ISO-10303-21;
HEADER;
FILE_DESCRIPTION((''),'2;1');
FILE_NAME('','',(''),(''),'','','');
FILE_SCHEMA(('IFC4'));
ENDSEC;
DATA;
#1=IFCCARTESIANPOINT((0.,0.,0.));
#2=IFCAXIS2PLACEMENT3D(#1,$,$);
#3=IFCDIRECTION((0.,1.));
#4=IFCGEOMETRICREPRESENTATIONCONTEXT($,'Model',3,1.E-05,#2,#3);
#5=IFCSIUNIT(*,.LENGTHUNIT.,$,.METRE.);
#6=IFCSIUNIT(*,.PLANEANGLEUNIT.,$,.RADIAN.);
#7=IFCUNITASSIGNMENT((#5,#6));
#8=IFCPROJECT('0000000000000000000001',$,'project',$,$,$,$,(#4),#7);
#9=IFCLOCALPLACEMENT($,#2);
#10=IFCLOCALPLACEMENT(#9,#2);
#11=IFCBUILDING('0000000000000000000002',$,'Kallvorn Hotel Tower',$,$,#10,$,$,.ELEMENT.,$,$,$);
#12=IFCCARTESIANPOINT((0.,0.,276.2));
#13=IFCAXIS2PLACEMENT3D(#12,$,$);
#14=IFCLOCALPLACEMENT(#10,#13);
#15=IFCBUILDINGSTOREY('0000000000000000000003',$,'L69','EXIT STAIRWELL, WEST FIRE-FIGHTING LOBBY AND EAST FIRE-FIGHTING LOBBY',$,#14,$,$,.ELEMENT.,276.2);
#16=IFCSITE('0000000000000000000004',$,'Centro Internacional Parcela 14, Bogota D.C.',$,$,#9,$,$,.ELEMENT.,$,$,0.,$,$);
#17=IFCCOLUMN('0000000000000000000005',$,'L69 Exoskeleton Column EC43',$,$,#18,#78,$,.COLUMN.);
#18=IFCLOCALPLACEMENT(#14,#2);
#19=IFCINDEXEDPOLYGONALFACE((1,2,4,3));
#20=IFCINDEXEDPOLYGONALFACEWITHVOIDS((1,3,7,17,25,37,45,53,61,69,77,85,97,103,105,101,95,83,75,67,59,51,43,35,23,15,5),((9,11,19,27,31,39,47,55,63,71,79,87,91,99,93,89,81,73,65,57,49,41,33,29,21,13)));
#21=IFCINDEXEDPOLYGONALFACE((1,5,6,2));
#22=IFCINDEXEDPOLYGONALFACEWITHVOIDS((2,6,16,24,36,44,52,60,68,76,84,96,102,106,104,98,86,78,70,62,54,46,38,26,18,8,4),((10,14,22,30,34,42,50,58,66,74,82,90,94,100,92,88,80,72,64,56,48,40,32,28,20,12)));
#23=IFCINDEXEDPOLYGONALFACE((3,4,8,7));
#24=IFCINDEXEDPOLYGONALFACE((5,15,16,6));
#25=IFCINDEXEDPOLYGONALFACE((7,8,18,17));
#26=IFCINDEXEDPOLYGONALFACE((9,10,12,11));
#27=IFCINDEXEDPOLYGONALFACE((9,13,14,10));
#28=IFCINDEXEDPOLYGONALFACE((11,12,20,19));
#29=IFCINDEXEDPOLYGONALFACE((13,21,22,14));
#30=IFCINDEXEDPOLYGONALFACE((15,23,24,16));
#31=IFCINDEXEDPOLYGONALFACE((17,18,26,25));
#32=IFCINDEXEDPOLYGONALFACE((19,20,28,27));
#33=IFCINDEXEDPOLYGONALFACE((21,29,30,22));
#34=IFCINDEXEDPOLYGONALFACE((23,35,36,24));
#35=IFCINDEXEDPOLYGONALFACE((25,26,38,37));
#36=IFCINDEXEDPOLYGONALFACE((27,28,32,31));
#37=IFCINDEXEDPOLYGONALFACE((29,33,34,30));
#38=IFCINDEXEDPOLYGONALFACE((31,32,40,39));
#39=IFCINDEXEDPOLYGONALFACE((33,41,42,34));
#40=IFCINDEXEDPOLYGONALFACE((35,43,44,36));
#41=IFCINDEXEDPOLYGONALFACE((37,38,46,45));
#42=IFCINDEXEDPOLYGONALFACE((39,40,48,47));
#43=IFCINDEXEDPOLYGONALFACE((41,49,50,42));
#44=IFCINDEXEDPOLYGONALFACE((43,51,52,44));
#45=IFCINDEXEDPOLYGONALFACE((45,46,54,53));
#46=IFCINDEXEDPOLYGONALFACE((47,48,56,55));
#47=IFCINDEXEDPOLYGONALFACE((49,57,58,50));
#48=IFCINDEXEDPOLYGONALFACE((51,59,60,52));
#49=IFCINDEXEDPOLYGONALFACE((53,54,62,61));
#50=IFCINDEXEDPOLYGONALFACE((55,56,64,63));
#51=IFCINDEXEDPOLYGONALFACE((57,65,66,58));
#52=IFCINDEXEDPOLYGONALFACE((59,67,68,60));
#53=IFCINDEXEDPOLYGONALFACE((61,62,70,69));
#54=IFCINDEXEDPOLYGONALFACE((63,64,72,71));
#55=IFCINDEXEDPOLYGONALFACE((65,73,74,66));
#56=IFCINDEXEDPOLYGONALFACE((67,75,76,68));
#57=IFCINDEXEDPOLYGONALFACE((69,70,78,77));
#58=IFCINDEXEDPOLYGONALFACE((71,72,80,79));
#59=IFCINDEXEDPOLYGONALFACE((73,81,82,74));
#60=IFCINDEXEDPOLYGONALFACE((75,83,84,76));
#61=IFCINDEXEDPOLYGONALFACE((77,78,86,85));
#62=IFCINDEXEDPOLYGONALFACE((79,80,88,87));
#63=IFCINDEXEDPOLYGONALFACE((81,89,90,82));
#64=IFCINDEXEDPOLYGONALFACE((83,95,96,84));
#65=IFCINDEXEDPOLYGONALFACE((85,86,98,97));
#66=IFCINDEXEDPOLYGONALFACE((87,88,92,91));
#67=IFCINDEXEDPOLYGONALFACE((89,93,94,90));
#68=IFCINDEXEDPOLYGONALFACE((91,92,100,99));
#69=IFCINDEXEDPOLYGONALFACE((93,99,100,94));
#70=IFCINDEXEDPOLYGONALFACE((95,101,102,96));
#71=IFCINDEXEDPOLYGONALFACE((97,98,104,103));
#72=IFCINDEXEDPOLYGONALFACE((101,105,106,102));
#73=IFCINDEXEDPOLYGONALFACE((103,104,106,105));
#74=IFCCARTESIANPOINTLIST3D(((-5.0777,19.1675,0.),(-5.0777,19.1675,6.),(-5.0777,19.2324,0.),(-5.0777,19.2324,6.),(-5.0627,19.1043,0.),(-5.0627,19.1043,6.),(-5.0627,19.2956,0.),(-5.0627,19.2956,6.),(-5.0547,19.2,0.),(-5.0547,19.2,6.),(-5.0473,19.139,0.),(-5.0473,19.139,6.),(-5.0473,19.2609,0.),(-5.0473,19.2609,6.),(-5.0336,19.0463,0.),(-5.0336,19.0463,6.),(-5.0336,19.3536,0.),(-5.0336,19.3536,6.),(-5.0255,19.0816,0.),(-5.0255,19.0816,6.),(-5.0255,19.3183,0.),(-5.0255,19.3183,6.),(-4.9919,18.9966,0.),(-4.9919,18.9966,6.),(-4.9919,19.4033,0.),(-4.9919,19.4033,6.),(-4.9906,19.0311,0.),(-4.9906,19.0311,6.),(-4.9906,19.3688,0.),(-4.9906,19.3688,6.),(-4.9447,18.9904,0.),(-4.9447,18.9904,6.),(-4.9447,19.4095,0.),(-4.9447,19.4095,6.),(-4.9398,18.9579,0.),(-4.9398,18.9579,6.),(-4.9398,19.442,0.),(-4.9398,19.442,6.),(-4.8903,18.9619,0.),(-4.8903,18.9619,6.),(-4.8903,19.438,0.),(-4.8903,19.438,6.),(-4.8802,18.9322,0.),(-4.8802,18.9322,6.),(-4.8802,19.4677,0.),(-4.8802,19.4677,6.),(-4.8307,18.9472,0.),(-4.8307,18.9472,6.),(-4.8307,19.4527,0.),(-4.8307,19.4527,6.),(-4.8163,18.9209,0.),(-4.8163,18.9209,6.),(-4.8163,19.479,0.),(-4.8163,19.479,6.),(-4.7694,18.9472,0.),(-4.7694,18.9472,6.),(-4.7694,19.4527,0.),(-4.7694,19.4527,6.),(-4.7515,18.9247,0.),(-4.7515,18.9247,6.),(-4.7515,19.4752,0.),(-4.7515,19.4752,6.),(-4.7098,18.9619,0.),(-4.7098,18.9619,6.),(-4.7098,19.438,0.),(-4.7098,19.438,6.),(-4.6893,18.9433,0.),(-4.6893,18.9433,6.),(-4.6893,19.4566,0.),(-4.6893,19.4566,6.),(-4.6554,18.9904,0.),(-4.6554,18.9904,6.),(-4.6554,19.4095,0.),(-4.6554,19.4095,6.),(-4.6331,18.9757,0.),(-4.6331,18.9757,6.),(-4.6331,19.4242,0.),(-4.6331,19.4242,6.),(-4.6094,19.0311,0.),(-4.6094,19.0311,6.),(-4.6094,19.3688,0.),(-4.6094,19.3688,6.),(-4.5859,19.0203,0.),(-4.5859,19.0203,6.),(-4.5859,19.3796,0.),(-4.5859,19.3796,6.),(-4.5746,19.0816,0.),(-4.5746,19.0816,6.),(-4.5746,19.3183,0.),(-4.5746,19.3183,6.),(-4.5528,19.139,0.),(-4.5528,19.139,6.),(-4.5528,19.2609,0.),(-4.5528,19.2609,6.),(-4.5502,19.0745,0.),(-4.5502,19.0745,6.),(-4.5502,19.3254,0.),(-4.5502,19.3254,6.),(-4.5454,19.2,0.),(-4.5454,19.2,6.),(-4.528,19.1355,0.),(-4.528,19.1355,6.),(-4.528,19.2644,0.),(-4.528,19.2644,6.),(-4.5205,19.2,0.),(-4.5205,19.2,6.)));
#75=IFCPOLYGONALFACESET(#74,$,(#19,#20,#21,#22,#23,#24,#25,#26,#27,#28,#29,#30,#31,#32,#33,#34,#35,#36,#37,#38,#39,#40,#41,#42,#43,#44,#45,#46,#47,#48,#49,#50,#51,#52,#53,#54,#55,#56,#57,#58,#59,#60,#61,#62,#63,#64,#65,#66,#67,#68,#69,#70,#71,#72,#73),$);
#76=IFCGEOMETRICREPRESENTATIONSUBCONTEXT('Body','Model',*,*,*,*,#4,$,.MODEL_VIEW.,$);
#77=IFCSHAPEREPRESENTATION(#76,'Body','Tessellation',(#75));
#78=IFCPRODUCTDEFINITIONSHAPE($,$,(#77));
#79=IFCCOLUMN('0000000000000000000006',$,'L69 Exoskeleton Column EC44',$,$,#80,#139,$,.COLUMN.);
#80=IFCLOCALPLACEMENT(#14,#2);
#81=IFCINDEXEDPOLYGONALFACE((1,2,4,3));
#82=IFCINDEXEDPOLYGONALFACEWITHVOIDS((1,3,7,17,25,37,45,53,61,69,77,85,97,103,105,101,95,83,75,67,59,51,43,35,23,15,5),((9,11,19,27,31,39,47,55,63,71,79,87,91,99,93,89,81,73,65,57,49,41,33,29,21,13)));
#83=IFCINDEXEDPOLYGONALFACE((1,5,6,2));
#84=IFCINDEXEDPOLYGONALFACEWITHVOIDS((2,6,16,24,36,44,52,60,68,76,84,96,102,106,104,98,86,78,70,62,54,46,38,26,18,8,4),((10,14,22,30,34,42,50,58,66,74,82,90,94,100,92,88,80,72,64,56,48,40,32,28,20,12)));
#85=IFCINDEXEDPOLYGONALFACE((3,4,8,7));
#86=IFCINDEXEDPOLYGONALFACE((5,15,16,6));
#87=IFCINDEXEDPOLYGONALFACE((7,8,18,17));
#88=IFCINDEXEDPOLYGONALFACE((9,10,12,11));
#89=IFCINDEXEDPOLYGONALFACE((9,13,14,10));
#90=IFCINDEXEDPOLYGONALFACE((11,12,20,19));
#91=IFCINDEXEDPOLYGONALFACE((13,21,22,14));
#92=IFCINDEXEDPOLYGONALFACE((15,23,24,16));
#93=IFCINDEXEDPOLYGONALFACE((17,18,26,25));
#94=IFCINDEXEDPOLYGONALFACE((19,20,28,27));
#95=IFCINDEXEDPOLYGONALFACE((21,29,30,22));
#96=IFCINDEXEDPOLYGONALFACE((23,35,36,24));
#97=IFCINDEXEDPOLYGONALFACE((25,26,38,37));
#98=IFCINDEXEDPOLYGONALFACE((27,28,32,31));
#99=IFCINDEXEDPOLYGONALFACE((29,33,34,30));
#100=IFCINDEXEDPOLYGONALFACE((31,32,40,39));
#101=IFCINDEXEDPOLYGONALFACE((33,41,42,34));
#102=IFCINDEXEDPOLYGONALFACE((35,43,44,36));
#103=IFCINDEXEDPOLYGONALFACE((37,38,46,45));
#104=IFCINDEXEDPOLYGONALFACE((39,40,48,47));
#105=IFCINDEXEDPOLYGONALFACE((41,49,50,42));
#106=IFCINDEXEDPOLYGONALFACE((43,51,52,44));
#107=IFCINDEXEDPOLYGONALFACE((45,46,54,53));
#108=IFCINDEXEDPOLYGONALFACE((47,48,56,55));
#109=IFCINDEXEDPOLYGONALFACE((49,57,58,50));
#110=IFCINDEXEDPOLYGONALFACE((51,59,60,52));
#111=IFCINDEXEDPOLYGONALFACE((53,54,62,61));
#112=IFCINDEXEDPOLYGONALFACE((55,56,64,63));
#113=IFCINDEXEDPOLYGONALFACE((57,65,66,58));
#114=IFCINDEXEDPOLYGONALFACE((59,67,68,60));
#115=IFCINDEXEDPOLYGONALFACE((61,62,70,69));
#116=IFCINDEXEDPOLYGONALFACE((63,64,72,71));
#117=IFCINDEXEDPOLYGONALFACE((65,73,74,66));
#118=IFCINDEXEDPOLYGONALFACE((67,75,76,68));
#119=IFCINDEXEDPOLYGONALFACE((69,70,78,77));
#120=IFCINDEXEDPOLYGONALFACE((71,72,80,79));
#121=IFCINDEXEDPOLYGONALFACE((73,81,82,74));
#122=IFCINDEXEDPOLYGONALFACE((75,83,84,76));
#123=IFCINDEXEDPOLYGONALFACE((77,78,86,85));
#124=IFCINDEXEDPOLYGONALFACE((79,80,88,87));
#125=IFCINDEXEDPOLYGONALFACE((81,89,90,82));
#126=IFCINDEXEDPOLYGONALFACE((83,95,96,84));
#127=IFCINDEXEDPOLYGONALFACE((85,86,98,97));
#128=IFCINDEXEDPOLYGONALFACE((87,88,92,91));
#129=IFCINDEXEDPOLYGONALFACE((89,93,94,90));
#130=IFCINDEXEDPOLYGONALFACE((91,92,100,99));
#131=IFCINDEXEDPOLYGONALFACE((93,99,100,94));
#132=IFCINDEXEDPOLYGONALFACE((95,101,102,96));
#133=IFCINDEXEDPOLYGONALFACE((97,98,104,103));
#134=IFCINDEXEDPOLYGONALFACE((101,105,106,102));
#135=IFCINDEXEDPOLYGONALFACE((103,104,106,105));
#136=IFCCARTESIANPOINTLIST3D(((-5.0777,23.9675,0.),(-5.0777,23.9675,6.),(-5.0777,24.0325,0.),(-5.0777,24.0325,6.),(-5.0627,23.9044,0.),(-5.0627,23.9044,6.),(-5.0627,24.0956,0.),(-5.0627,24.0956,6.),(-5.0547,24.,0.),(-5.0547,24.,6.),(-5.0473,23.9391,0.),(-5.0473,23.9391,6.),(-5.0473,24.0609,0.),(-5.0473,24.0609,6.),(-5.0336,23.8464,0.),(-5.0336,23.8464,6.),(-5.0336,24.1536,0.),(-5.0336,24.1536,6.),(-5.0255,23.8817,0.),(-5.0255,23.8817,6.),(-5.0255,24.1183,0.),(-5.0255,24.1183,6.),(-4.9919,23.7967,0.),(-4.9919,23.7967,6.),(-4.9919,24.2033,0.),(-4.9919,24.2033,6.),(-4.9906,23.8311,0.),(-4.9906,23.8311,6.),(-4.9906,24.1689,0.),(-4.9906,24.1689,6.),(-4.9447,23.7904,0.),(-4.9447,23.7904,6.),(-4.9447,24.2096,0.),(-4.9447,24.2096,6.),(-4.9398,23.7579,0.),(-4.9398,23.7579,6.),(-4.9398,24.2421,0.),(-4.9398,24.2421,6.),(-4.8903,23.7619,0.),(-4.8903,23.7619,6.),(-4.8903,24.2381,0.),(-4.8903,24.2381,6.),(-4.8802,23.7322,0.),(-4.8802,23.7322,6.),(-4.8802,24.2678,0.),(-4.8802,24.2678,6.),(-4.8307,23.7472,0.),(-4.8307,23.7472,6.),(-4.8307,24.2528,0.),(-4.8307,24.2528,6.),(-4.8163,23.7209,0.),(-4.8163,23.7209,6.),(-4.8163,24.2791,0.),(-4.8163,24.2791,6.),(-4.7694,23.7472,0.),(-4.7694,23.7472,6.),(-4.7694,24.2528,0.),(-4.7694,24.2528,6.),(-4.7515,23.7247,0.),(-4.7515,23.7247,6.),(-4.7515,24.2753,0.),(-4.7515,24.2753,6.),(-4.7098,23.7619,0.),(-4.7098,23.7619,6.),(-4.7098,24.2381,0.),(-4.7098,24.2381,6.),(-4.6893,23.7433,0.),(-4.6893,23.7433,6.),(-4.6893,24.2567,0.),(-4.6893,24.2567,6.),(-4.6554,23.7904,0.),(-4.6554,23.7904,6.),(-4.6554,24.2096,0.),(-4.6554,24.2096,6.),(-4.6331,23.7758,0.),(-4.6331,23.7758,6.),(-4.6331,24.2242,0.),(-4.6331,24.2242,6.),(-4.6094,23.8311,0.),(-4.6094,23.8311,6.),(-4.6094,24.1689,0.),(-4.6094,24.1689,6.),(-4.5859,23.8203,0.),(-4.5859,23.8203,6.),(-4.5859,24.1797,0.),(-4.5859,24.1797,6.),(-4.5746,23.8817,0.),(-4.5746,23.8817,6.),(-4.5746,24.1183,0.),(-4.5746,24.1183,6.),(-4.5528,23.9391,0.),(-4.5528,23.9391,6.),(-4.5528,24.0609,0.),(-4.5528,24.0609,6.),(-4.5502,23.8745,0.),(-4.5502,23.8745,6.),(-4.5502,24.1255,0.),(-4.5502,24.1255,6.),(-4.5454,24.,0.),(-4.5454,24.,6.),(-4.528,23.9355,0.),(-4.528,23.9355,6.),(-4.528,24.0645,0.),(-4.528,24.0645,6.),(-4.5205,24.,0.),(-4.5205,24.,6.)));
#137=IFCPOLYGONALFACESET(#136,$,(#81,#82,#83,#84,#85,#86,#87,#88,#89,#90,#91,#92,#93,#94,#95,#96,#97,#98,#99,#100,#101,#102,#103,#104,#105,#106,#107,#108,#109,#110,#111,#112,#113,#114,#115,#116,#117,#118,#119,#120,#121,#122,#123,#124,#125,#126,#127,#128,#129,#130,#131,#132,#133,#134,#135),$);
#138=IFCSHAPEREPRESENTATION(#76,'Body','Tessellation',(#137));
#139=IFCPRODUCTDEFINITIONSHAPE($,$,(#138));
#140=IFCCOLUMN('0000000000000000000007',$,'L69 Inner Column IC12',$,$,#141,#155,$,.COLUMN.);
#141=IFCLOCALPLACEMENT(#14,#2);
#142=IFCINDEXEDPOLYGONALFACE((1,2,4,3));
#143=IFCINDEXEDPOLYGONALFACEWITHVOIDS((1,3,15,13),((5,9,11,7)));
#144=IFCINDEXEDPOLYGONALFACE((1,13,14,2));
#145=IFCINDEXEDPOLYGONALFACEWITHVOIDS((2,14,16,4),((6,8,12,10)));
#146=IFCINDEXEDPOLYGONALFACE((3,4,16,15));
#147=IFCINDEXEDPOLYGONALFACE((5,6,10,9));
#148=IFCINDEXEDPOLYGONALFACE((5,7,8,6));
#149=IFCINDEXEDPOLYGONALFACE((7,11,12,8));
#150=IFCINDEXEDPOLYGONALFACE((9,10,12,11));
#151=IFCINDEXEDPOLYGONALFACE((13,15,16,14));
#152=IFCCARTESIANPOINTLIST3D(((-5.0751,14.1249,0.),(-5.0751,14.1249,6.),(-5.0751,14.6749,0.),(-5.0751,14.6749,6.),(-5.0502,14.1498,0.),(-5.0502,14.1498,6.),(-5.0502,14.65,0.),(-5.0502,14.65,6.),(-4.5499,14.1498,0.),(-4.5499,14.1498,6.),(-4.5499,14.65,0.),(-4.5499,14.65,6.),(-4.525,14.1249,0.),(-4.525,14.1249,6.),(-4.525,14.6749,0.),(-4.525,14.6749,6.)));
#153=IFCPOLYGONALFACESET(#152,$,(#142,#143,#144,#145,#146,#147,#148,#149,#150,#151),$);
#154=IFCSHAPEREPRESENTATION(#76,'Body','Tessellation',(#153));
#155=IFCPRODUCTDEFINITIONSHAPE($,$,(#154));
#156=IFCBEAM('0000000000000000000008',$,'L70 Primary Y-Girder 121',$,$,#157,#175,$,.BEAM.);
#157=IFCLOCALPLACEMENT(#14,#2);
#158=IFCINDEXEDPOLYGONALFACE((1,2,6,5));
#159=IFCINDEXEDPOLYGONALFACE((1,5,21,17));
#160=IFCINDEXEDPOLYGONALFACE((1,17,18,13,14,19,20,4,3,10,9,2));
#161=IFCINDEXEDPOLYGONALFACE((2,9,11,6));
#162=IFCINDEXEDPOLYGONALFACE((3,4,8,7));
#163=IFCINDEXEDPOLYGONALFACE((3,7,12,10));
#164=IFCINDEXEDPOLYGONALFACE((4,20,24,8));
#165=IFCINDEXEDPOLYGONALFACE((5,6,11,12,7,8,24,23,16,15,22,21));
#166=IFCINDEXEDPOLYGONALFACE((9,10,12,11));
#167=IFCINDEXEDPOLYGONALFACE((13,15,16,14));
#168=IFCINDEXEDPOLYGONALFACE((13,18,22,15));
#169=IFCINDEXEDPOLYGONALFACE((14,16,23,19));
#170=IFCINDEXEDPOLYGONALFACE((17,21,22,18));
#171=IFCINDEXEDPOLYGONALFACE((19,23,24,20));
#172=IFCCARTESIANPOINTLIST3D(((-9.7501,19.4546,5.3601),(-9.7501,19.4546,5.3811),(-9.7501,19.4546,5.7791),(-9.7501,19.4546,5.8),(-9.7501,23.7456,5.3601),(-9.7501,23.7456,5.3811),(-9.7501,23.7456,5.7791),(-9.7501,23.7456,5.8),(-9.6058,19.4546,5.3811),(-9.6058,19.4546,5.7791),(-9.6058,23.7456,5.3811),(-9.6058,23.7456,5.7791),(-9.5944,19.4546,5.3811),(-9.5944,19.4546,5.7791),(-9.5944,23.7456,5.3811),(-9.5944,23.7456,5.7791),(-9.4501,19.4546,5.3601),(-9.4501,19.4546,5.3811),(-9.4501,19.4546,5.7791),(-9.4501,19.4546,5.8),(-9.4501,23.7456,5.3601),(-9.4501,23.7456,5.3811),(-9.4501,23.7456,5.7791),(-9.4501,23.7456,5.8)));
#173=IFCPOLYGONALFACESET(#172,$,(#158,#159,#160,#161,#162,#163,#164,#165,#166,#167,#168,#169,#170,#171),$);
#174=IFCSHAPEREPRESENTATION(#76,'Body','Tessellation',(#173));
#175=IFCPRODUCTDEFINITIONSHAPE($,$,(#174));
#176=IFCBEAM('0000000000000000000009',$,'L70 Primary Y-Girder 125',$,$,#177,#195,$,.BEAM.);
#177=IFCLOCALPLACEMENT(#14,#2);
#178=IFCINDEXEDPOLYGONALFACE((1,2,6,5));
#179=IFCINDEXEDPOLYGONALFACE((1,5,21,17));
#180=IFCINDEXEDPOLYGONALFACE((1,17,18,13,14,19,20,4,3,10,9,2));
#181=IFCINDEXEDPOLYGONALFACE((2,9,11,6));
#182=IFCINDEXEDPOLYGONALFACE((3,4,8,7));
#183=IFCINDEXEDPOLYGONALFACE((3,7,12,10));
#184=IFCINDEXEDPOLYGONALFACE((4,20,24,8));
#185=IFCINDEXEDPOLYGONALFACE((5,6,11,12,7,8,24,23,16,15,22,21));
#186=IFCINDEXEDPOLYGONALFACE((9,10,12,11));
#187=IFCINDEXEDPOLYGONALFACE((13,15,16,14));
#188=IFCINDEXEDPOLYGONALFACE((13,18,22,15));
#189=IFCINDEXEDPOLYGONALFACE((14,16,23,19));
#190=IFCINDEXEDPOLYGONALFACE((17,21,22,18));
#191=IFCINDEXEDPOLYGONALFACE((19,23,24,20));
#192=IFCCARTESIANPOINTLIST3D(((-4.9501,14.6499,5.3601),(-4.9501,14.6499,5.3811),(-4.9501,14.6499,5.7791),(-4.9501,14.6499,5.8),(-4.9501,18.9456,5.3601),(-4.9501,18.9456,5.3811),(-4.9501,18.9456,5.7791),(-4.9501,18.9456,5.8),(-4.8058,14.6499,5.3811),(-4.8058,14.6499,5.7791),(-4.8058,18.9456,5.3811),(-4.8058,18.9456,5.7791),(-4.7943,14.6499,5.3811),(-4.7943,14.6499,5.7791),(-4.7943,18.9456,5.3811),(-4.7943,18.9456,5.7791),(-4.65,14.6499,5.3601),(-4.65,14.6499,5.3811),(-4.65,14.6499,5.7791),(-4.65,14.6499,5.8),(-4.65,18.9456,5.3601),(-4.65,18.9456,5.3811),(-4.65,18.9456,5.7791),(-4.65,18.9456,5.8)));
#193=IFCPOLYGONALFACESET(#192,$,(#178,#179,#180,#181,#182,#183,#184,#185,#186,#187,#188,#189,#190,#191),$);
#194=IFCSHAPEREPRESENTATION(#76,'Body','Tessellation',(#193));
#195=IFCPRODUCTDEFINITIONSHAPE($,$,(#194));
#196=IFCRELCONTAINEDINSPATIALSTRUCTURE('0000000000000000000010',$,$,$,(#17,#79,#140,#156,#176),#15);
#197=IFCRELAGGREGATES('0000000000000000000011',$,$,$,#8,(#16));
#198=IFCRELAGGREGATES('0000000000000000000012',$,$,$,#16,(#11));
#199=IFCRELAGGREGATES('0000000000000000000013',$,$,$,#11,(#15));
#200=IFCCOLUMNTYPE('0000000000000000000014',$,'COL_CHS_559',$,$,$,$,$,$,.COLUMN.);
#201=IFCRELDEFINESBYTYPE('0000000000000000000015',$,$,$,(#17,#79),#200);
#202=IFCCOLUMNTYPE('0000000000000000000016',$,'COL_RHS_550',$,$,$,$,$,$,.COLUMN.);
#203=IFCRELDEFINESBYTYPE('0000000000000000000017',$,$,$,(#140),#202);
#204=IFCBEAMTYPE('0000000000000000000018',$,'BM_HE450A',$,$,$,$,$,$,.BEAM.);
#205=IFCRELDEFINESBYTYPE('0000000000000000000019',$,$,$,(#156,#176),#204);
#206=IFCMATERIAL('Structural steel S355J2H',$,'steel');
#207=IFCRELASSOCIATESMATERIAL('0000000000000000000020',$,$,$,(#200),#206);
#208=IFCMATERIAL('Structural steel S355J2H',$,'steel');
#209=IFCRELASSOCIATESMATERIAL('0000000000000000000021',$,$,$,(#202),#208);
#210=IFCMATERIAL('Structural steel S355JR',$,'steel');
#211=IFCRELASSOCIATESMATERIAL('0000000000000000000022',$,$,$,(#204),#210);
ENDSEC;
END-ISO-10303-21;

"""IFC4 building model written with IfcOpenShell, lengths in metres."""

from ifc_helpers import new_model, si_unit, direction, frame, origin, origin_2d, place, context, subcontext, project, spatial, hollow_rectangle, hollow_circle, i_section, extrude, material, material_profile, profile_set, type_object, element, save


model = new_model("IFC4")

# Units and contexts
model_context = context("Model", 3, precision=1e-05, world=origin(), true_north=direction((0.0, 1.0)))
body_context = subcontext(model_context, "Body", "Model", "MODEL_VIEW")
ifc_project = project(units=[si_unit("LENGTHUNIT", "METRE"), si_unit("PLANEANGLEUNIT", "RADIAN")], contexts=[model_context])

# Site, building, storey
site_placement = place(None, origin())
site = spatial("IfcSite", under=ifc_project, at=site_placement, Name="Centro Internacional Parcela 14, Bogota D.C.", CompositionType="ELEMENT", RefElevation=0.0)
building_placement = place(site_placement, origin())
building = spatial("IfcBuilding", under=site, at=building_placement, Name="Kallvorn Hotel Tower", CompositionType="ELEMENT")
storey_placement = place(building_placement, frame((0.0, 0.0, 276.2)))
storey = spatial("IfcBuildingStorey", under=building, at=storey_placement, Name="L69", Description="EXIT STAIRWELL, WEST FIRE-FIGHTING LOBBY AND EAST FIRE-FIGHTING LOBBY", CompositionType="ELEMENT", Elevation=276.2)

# Columns
ifc_material_1 = material(Name="Structural steel S355J2H", Category="steel")
ifc_material_profile_1 = material_profile(ifc_material_1, hollow_circle(Radius=0.2795, WallThickness=0.0249, at=origin_2d()), Name="CHS 559x25")
ifc_profile_set_1 = profile_set([ifc_material_profile_1], Name="Structural steel S355J2H")
column_type_1 = type_object("IfcColumnType", Name="COL_CHS_559", PredefinedType="COLUMN", material=ifc_profile_set_1)
for number, where, z_axis, x_axis, name in (
    (1, (-4.8, 19.2, 0.0), (0.0, 0.0, 1.0), (1.0, 0.0, 0.0), "L69 Exoskeleton Column EC43"),
    (2, (-4.8, 24.0, 0.0), (0.0, 0.0, 1.0), (1.0, 0.0, 0.0), "L69 Exoskeleton Column EC44"),
):
    element("IfcColumn", number, at=place(storey_placement, frame(where, z_axis=z_axis, x_axis=x_axis)), inside=storey, type_object=column_type_1, Name=name, PredefinedType="COLUMN", context=body_context, shape_type="SweptSolid", body=[
        extrude(hollow_circle(Radius=0.2795, WallThickness=0.0249, at=origin_2d()), origin(), (0.0, 0.0, 1.0), 6.0),
    ])
ifc_material_2 = material(Name="Structural steel S355J2H", Category="steel")
ifc_material_profile_2 = material_profile(ifc_material_2, hollow_rectangle(XDim=0.55, YDim=0.55, WallThickness=0.0249, at=origin_2d()), Name="RHS 550x550x25")
ifc_profile_set_2 = profile_set([ifc_material_profile_2], Name="Structural steel S355J2H")
column_type_2 = type_object("IfcColumnType", Name="COL_RHS_550", PredefinedType="COLUMN", material=ifc_profile_set_2)
column_placement = place(storey_placement, frame((-4.8, 14.3999, 0.0), z_axis=(0.0, 0.0, 1.0), x_axis=(1.0, 0.0, 0.0)))
element("IfcColumn", 3, at=column_placement, inside=storey, type_object=column_type_2, Name="L69 Inner Column IC12", PredefinedType="COLUMN", context=body_context, shape_type="SweptSolid", body=[
    extrude(hollow_rectangle(XDim=0.55, YDim=0.55, WallThickness=0.0249, at=origin_2d()), origin(), (0.0, 0.0, 1.0), 6.0),
])

# Beams
ifc_material_3 = material(Name="Structural steel S355JR", Category="steel")
ifc_material_profile_3 = material_profile(ifc_material_3, i_section(OverallWidth=0.3, OverallDepth=0.4399, WebThickness=0.0115, FlangeThickness=0.021, at=origin_2d()), Name="HE 450 A")
ifc_profile_set_3 = profile_set([ifc_material_profile_3], Name="Structural steel S355JR")
beam_type_1 = type_object("IfcBeamType", Name="BM_HE450A", PredefinedType="BEAM", material=ifc_profile_set_3)
beam_1_placement = place(storey_placement, frame((-9.6001, 19.4546, 5.5801), z_axis=(0.0, 1.0, 0.0), x_axis=(-1.0, 0.0, 0.0)))
element("IfcBeam", 4, at=beam_1_placement, inside=storey, type_object=beam_type_1, Name="L70 Primary Y-Girder 121", PredefinedType="BEAM", context=body_context, shape_type="SweptSolid", body=[
    extrude(i_section(OverallWidth=0.3, OverallDepth=0.4399, WebThickness=0.0115, FlangeThickness=0.021, at=origin_2d()), origin(), (0.0, 0.0, 1.0), 4.291),
])
beam_2_placement = place(storey_placement, frame((-4.8, 14.6499, 5.5801), z_axis=(0.0, 1.0, 0.0), x_axis=(-1.0, 0.0, 0.0)))
element("IfcBeam", 5, at=beam_2_placement, inside=storey, type_object=beam_type_1, Name="L70 Primary Y-Girder 125", PredefinedType="BEAM", context=body_context, shape_type="SweptSolid", body=[
    extrude(i_section(OverallWidth=0.3, OverallDepth=0.4399, WebThickness=0.0115, FlangeThickness=0.021, at=origin_2d()), origin(), (0.0, 0.0, 1.0), 4.2957),
])

save(model, "model.ifc")
